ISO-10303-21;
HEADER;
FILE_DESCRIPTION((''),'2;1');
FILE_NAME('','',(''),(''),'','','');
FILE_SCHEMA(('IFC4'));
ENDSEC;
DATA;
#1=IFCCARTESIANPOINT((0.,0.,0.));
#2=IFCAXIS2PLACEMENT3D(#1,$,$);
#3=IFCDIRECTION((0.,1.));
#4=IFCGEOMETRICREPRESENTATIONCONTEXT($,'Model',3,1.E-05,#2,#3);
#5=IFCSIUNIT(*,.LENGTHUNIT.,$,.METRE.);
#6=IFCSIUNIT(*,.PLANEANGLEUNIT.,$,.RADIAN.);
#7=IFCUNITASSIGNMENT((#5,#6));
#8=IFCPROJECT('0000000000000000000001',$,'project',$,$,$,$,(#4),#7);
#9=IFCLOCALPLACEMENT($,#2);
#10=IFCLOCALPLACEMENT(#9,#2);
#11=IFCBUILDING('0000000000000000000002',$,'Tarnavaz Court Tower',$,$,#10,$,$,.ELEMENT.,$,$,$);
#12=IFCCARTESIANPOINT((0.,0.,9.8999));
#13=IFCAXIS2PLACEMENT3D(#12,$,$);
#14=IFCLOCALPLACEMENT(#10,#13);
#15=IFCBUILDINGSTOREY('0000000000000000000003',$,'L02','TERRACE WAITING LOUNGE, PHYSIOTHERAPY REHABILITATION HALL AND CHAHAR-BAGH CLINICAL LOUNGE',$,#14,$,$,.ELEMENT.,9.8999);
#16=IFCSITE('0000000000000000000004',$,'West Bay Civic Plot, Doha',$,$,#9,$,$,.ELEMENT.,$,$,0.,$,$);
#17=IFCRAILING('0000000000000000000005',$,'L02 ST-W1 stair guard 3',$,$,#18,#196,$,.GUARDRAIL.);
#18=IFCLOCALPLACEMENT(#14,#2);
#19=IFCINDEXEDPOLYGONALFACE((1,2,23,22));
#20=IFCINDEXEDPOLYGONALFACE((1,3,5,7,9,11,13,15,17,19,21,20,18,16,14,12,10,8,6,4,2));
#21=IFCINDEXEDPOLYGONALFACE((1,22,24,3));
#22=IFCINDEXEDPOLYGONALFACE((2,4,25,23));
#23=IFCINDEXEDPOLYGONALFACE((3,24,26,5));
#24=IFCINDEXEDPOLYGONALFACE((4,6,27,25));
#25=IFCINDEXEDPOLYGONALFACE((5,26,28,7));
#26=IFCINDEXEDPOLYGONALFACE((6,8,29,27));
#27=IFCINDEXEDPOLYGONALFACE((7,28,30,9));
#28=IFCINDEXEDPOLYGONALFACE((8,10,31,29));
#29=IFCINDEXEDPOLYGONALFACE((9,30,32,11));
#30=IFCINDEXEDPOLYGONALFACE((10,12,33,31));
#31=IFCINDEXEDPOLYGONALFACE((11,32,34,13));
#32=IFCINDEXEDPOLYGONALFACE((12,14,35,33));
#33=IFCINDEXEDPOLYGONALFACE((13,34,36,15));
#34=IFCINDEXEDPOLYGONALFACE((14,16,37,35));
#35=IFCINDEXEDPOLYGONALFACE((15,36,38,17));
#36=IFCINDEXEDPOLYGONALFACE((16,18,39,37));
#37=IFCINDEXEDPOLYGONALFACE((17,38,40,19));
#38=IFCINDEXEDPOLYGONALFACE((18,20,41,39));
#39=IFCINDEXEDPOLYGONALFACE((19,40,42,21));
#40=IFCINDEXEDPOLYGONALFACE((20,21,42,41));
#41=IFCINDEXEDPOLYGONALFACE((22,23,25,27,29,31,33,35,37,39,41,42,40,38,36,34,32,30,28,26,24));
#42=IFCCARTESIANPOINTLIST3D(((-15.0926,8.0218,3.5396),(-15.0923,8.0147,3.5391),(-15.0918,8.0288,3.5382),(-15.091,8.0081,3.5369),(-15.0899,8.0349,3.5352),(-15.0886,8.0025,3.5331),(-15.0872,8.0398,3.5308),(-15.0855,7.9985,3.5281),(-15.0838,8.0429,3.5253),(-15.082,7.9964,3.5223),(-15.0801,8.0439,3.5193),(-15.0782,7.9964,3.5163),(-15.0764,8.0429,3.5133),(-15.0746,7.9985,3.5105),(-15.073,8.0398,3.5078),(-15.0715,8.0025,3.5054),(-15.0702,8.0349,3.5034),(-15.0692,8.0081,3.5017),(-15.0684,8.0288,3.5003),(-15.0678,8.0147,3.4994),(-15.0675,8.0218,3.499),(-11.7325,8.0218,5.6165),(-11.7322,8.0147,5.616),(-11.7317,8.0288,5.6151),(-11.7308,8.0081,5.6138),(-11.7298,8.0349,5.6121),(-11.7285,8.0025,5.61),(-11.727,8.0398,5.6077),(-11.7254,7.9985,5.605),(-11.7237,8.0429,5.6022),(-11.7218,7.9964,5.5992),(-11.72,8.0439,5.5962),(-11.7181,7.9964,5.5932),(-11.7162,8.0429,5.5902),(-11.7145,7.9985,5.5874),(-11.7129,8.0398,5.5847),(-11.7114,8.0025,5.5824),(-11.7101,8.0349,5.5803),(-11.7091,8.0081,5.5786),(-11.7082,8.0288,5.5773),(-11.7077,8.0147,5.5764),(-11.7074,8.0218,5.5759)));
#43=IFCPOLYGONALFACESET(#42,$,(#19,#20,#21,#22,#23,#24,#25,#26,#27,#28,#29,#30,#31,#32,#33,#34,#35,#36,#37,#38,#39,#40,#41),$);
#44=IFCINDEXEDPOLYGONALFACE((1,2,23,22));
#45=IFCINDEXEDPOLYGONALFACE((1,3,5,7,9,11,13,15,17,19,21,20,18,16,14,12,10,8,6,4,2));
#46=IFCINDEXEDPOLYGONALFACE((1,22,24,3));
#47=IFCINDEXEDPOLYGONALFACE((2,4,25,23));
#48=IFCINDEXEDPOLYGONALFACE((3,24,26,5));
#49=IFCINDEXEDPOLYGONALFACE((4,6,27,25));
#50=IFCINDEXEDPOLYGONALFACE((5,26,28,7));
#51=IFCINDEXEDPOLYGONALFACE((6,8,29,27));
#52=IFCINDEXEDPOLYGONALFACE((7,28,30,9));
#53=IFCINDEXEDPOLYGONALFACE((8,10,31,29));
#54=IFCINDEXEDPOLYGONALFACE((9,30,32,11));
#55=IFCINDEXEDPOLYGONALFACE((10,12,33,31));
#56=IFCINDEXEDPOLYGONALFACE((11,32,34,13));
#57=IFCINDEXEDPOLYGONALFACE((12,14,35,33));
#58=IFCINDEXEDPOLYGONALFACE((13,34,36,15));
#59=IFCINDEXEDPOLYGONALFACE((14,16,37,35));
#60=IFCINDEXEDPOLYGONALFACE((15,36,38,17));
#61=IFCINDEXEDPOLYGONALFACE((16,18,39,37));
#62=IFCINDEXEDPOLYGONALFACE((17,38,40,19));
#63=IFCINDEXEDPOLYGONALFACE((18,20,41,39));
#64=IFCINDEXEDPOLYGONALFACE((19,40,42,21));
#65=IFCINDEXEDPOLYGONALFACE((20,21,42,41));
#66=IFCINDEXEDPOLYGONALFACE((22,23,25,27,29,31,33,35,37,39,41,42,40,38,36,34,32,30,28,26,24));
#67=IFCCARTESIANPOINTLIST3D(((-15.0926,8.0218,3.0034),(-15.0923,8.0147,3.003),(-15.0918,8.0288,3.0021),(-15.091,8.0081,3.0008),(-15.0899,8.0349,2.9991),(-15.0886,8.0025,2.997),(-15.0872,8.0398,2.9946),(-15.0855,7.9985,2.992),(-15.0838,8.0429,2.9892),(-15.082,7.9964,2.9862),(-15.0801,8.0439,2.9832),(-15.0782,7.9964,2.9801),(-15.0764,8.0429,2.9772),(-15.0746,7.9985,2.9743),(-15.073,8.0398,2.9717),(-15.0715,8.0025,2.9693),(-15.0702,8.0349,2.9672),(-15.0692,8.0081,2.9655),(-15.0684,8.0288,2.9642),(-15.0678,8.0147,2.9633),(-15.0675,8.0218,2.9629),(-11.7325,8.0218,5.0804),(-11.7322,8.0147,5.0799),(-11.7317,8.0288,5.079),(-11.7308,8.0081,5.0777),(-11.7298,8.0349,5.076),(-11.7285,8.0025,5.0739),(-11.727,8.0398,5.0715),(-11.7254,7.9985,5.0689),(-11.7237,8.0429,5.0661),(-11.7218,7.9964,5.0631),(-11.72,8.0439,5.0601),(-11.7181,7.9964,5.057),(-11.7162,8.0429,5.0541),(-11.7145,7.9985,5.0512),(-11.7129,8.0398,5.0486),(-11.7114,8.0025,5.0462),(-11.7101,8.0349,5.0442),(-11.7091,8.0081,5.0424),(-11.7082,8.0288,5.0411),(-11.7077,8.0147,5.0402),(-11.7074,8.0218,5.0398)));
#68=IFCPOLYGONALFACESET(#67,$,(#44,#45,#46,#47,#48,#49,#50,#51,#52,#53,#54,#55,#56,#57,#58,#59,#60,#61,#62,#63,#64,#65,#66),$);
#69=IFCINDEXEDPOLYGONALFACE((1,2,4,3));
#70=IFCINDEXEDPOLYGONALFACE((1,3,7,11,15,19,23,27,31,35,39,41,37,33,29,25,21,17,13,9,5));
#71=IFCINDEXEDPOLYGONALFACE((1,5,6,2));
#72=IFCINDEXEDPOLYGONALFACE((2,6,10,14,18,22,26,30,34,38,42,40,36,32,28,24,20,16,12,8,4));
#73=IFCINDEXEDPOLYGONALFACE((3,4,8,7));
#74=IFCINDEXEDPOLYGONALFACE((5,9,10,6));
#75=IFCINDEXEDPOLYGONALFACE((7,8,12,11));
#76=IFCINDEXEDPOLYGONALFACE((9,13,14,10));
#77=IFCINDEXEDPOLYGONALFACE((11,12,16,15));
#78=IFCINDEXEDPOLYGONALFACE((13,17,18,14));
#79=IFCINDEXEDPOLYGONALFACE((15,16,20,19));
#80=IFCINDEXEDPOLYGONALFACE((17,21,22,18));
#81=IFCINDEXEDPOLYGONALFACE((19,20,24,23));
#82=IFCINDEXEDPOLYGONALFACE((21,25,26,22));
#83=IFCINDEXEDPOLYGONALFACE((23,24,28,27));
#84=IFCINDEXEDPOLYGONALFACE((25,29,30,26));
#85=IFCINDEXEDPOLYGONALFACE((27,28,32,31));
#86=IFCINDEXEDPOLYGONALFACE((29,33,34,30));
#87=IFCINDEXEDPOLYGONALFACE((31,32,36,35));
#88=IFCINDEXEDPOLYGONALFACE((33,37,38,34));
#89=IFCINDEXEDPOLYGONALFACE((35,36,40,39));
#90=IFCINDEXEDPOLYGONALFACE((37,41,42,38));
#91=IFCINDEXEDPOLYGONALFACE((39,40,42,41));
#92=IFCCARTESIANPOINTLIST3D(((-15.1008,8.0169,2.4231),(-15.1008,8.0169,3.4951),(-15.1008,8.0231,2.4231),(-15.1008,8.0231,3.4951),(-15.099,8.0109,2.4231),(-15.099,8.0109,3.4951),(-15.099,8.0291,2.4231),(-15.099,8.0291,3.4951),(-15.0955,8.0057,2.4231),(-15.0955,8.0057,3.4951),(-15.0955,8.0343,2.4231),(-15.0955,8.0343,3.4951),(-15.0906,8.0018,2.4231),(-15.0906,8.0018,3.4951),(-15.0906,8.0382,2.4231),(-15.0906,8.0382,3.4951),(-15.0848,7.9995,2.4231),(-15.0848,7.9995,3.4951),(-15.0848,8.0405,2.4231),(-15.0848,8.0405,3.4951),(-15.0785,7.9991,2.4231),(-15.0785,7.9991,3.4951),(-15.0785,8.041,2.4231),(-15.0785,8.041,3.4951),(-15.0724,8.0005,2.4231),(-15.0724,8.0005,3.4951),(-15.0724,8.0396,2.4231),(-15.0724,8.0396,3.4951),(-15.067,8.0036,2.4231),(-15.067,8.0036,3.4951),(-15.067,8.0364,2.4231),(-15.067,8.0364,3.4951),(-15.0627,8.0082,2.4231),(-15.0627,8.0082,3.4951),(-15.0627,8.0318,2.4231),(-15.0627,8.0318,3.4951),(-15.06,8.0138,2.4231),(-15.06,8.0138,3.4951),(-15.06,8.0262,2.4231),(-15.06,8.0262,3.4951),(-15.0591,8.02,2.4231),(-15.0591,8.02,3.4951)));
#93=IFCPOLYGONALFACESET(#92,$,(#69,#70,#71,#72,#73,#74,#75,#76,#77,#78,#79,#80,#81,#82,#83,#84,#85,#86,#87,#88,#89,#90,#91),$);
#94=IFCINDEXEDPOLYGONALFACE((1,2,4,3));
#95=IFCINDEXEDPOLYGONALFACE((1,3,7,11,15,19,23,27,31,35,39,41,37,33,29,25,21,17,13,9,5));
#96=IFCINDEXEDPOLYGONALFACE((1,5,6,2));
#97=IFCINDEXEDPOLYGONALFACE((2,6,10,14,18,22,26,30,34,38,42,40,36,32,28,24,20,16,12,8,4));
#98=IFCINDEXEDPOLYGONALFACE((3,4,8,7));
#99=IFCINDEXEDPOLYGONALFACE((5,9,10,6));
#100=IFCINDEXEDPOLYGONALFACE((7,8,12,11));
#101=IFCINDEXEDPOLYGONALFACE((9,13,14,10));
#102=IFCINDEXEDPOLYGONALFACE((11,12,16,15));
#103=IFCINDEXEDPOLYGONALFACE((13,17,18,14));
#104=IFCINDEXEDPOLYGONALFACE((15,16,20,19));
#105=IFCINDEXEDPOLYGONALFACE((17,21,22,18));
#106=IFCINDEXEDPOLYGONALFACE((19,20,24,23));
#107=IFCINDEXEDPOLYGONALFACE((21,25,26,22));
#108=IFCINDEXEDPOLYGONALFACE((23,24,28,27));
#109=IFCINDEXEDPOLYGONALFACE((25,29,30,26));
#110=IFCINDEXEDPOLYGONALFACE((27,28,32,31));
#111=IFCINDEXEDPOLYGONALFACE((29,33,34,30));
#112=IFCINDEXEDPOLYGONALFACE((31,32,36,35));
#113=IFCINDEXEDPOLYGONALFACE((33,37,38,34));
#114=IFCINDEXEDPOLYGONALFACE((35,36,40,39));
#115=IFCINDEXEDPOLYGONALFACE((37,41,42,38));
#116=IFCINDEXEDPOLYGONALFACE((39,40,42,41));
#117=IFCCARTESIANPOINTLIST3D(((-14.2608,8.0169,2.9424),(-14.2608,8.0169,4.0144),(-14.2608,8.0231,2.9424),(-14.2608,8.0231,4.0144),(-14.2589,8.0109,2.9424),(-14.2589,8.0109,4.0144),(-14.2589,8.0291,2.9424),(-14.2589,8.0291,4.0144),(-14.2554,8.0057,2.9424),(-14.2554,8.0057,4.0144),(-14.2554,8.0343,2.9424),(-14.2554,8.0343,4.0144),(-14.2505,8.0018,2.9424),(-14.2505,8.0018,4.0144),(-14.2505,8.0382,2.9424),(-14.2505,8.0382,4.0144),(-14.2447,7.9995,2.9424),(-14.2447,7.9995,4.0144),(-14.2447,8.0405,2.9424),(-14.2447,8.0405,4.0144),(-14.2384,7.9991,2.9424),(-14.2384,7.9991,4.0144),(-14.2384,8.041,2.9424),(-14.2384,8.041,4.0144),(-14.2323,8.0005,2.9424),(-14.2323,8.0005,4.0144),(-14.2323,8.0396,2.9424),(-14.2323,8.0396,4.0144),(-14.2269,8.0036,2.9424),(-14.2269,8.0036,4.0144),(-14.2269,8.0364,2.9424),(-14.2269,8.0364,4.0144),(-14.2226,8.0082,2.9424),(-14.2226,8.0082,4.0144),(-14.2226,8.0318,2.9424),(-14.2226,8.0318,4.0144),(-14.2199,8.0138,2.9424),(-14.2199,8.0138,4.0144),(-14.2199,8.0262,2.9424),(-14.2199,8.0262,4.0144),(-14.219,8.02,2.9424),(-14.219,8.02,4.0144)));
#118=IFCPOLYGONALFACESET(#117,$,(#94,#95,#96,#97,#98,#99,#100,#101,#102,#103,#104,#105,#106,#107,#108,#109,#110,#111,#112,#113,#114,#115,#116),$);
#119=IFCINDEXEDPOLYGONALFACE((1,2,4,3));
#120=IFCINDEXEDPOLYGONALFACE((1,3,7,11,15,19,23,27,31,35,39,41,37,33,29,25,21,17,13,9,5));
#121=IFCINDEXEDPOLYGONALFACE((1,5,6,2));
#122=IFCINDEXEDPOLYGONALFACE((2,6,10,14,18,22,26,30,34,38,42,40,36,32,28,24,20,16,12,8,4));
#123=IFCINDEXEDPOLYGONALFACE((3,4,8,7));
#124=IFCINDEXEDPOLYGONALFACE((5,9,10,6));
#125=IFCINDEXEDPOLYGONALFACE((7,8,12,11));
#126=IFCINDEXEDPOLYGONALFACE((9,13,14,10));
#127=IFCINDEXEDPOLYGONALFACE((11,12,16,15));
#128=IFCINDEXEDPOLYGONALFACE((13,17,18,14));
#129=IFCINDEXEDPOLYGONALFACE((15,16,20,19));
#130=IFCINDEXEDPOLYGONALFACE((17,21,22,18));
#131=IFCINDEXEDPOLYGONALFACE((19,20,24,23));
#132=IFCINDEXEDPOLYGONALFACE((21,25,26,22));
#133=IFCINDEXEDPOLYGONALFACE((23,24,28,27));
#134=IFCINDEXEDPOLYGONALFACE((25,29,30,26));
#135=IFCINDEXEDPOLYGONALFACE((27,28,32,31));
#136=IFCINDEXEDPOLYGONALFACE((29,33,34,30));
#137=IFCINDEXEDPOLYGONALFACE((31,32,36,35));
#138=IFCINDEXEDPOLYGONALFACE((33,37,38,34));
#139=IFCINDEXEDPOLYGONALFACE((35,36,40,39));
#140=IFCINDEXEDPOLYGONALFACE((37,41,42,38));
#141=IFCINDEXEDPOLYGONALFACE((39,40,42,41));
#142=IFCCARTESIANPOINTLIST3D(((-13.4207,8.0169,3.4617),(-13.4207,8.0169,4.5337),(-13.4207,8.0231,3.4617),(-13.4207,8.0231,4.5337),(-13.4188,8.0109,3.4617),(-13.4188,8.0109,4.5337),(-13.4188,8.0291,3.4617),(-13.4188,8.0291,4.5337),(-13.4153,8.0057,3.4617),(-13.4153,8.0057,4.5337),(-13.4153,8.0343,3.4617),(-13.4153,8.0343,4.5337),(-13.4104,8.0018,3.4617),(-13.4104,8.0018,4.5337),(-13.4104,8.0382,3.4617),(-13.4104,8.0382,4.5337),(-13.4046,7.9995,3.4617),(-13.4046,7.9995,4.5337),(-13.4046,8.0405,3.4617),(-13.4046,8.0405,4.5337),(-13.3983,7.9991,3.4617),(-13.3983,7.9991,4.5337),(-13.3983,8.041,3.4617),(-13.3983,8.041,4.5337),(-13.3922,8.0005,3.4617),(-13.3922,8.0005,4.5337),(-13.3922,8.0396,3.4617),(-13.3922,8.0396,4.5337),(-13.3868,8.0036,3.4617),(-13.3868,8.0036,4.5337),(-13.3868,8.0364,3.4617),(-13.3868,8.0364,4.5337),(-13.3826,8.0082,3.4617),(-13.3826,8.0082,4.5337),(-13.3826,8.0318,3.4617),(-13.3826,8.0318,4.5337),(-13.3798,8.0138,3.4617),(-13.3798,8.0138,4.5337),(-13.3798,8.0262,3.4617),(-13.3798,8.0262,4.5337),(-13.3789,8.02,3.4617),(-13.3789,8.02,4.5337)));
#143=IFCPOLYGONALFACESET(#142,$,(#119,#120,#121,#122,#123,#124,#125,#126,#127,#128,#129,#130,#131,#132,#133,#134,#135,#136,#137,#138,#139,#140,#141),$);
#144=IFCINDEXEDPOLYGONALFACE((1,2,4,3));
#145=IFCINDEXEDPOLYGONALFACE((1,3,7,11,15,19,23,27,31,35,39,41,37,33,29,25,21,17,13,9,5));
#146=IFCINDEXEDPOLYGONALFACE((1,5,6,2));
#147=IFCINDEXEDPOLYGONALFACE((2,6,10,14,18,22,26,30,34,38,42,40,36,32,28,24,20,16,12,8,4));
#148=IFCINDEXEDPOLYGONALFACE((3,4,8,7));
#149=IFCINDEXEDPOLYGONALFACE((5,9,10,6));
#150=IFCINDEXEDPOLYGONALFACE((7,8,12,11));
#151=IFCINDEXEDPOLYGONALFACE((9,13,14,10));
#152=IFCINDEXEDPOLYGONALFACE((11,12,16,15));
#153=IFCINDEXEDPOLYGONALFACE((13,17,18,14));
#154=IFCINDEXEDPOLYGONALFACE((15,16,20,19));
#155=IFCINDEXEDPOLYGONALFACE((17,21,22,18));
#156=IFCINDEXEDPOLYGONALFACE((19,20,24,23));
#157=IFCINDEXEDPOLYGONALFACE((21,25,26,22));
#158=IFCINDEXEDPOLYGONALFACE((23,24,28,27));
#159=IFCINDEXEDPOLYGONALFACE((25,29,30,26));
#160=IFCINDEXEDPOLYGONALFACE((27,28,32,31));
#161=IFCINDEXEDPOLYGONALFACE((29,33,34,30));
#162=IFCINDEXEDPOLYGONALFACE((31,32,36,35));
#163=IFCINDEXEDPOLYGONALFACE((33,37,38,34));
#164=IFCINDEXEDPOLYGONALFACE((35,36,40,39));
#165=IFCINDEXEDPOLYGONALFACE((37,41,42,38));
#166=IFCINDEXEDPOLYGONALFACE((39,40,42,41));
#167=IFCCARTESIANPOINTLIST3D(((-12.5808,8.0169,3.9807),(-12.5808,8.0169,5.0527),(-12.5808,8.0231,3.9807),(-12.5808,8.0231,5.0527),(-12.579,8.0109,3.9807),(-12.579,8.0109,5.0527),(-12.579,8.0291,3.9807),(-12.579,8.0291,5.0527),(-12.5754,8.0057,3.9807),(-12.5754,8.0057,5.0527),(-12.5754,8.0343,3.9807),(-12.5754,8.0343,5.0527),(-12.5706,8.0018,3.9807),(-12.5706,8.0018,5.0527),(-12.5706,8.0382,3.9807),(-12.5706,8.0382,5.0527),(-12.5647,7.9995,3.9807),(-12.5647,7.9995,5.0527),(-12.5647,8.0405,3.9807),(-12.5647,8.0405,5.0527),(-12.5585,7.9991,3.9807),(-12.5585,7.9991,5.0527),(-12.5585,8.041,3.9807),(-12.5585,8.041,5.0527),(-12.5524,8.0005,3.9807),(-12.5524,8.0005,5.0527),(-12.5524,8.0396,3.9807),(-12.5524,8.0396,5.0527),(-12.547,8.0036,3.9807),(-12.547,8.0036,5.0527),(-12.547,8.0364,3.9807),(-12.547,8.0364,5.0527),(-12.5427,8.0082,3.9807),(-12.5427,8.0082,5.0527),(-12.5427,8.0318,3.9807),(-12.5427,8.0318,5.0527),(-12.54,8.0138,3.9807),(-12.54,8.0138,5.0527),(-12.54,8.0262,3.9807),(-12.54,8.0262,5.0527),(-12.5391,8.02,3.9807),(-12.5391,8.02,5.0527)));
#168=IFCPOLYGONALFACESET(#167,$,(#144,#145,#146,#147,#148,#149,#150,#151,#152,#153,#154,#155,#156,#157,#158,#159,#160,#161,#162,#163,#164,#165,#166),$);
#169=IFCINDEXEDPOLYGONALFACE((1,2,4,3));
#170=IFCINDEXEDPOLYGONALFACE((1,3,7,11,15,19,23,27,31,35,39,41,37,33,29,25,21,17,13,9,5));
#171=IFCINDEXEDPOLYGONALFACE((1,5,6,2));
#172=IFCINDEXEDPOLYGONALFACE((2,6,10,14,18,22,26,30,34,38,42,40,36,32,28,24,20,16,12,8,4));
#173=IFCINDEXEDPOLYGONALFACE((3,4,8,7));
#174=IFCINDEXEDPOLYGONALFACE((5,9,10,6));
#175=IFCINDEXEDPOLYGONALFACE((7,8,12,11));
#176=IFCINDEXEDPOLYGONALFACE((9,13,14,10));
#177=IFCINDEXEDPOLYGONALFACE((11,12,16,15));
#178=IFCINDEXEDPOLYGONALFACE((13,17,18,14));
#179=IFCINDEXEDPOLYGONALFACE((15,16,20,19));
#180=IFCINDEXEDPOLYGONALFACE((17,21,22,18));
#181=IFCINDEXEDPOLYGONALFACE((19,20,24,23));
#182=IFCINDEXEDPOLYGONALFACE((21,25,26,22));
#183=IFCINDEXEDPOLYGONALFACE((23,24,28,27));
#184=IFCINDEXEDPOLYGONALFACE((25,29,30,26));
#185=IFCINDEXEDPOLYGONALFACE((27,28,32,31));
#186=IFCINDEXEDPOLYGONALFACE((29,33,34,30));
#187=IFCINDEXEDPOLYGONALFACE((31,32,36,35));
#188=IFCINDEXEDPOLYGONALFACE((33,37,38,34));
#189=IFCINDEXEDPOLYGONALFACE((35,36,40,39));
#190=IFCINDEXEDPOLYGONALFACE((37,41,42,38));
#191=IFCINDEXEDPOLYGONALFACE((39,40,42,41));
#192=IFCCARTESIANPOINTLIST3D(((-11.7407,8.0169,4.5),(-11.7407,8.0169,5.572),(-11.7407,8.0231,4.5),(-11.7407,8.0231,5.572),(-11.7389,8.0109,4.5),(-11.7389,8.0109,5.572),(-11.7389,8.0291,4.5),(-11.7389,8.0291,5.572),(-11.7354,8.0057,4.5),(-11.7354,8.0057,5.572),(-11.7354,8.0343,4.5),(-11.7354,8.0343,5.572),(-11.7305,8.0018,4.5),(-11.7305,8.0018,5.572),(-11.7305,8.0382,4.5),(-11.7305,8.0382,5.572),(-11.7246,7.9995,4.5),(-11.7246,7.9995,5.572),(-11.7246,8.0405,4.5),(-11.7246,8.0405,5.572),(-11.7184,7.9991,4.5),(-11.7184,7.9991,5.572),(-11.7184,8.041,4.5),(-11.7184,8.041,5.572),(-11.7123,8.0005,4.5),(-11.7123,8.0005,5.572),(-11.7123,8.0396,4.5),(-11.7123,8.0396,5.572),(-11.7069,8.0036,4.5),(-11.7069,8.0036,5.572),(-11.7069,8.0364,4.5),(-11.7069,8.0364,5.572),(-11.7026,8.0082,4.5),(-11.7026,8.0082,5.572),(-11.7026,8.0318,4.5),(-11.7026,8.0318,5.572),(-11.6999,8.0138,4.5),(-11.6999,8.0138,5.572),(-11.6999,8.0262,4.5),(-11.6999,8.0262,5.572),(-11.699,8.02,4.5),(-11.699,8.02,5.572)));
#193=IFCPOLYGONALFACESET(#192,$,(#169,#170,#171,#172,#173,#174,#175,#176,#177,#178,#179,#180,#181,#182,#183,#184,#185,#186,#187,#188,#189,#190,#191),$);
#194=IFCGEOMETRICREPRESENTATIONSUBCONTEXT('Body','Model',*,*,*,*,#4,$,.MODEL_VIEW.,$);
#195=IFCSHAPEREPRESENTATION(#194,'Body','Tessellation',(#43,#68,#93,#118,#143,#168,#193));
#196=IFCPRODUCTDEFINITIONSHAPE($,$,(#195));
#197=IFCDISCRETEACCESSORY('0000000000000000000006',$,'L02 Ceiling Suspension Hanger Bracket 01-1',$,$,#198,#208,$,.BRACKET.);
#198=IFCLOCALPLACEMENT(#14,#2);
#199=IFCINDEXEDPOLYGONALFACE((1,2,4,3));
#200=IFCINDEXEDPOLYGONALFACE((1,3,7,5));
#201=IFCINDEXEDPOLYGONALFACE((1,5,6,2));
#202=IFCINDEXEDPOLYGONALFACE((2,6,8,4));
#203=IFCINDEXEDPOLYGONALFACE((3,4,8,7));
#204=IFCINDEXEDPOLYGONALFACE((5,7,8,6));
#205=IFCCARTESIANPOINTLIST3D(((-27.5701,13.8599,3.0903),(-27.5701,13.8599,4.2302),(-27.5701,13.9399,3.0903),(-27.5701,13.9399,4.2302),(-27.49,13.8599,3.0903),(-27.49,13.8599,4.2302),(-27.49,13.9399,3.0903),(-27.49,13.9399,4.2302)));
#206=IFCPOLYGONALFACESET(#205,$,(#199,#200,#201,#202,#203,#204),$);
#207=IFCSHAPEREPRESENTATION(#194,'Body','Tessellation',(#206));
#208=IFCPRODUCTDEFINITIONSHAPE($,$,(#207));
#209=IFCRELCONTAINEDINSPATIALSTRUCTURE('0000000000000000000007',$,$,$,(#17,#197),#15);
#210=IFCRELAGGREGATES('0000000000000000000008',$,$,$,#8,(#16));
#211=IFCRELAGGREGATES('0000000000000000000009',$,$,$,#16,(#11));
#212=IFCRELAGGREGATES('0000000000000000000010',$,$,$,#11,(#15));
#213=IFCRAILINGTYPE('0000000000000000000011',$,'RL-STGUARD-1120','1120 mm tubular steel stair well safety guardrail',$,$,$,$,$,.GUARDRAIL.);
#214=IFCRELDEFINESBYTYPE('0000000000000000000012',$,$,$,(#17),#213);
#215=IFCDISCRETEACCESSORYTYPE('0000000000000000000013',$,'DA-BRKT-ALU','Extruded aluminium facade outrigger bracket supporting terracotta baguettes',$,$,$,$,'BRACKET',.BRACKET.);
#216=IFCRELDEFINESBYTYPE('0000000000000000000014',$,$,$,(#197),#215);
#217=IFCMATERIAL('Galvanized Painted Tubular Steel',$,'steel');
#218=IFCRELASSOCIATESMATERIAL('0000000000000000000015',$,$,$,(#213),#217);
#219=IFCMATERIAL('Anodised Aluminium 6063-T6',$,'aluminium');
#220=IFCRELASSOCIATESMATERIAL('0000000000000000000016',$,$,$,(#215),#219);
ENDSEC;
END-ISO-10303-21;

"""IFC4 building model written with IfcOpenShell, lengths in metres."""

from ifc_helpers import new_model, si_unit, direction, frame, origin, origin_2d, place, context, subcontext, project, spatial, rectangle, circle, extrude, material, type_object, element, save


model = new_model("IFC4")

# Units and contexts
model_context = context("Model", 3, precision=1e-05, world=origin(), true_north=direction((0.0, 1.0)))
body_context = subcontext(model_context, "Body", "Model", "MODEL_VIEW")
ifc_project = project(units=[si_unit("LENGTHUNIT", "METRE"), si_unit("PLANEANGLEUNIT", "RADIAN")], contexts=[model_context])

# Site, building, storey
site_placement = place(None, origin())
site = spatial("IfcSite", under=ifc_project, at=site_placement, Name="West Bay Civic Plot, Doha", CompositionType="ELEMENT", RefElevation=0.0)
building_placement = place(site_placement, origin())
building = spatial("IfcBuilding", under=site, at=building_placement, Name="Tarnavaz Court Tower", CompositionType="ELEMENT")
storey_placement = place(building_placement, frame((0.0, 0.0, 9.8999)))
storey = spatial("IfcBuildingStorey", under=building, at=storey_placement, Name="L02", Description="TERRACE WAITING LOUNGE, PHYSIOTHERAPY REHABILITATION HALL AND CHAHAR-BAGH CLINICAL LOUNGE", CompositionType="ELEMENT", Elevation=9.8999)

# Railing
ifc_material_1 = material(Name="Galvanized Painted Tubular Steel", Category="steel")
railing_type_1 = type_object("IfcRailingType", Name="RL-STGUARD-1120", Description="1120 mm tubular steel stair well safety guardrail", PredefinedType="GUARDRAIL", material=ifc_material_1)
railing_1_placement = place(storey_placement, frame((-15.0801, 8.02, 2.4231)))
element("IfcRailing", 1, at=railing_1_placement, inside=storey, type_object=railing_type_1, Name="L02 ST-W1 stair guard 3", PredefinedType="GUARDRAIL", context=body_context, shape_type="SweptSolid", body=[
    extrude(circle(Radius=0.0239, at=origin_2d()), frame((0.0, 0.0, 1.0962), z_axis=(0.850623, 0.0, 0.525776), x_axis=(0.0, 1.0, 0.0)), (0.0, 0.0, 1.0), 3.9502),
    extrude(circle(Radius=0.0239, at=origin_2d()), frame((0.0, 0.0, 0.5601), z_axis=(0.850623, 0.0, 0.525776), x_axis=(0.0, 1.0, 0.0)), (0.0, 0.0, 1.0), 3.9502),
    extrude(circle(Radius=0.021, at=origin_2d()), origin(), (0.0, 0.0, 1.0), 1.072),
    extrude(circle(Radius=0.021, at=origin_2d()), frame((0.8401, 0.0, 0.5193)), (0.0, 0.0, 1.0), 1.072),
    extrude(circle(Radius=0.021, at=origin_2d()), frame((1.6802, 0.0, 1.0386)), (0.0, 0.0, 1.0), 1.072),
    extrude(circle(Radius=0.021, at=origin_2d()), frame((2.52, 0.0, 1.5576)), (0.0, 0.0, 1.0), 1.072),
    extrude(circle(Radius=0.021, at=origin_2d()), frame((3.3601, 0.0, 2.0769)), (0.0, 0.0, 1.0), 1.072),
])

# Discrete accessory
ifc_material_2 = material(Name="Anodised Aluminium 6063-T6", Category="aluminium")
discrete_accessory_type = type_object("IfcDiscreteAccessoryType", Name="DA-BRKT-ALU", Description="Extruded aluminium facade outrigger bracket supporting terracotta baguettes", ElementType="BRACKET", PredefinedType="BRACKET", material=ifc_material_2)
for number, where, z_axis, x_axis, name in (
    (2, (-27.53, 13.8999, 3.0903), (0.0, 0.0, 1.0), (1.0, 0.0, 0.0), "L02 Ceiling Suspension Hanger Bracket 01-1"),
):
    element("IfcDiscreteAccessory", number, at=place(storey_placement, frame(where, z_axis=z_axis, x_axis=x_axis)), inside=storey, type_object=discrete_accessory_type, Name=name, PredefinedType="BRACKET", context=body_context, shape_type="SweptSolid", body=[
        extrude(rectangle(XDim=0.0801, YDim=0.0801, at=origin_2d()), origin(), (0.0, 0.0, 1.0), 1.1399),
    ])

save(model, "model.ifc")
